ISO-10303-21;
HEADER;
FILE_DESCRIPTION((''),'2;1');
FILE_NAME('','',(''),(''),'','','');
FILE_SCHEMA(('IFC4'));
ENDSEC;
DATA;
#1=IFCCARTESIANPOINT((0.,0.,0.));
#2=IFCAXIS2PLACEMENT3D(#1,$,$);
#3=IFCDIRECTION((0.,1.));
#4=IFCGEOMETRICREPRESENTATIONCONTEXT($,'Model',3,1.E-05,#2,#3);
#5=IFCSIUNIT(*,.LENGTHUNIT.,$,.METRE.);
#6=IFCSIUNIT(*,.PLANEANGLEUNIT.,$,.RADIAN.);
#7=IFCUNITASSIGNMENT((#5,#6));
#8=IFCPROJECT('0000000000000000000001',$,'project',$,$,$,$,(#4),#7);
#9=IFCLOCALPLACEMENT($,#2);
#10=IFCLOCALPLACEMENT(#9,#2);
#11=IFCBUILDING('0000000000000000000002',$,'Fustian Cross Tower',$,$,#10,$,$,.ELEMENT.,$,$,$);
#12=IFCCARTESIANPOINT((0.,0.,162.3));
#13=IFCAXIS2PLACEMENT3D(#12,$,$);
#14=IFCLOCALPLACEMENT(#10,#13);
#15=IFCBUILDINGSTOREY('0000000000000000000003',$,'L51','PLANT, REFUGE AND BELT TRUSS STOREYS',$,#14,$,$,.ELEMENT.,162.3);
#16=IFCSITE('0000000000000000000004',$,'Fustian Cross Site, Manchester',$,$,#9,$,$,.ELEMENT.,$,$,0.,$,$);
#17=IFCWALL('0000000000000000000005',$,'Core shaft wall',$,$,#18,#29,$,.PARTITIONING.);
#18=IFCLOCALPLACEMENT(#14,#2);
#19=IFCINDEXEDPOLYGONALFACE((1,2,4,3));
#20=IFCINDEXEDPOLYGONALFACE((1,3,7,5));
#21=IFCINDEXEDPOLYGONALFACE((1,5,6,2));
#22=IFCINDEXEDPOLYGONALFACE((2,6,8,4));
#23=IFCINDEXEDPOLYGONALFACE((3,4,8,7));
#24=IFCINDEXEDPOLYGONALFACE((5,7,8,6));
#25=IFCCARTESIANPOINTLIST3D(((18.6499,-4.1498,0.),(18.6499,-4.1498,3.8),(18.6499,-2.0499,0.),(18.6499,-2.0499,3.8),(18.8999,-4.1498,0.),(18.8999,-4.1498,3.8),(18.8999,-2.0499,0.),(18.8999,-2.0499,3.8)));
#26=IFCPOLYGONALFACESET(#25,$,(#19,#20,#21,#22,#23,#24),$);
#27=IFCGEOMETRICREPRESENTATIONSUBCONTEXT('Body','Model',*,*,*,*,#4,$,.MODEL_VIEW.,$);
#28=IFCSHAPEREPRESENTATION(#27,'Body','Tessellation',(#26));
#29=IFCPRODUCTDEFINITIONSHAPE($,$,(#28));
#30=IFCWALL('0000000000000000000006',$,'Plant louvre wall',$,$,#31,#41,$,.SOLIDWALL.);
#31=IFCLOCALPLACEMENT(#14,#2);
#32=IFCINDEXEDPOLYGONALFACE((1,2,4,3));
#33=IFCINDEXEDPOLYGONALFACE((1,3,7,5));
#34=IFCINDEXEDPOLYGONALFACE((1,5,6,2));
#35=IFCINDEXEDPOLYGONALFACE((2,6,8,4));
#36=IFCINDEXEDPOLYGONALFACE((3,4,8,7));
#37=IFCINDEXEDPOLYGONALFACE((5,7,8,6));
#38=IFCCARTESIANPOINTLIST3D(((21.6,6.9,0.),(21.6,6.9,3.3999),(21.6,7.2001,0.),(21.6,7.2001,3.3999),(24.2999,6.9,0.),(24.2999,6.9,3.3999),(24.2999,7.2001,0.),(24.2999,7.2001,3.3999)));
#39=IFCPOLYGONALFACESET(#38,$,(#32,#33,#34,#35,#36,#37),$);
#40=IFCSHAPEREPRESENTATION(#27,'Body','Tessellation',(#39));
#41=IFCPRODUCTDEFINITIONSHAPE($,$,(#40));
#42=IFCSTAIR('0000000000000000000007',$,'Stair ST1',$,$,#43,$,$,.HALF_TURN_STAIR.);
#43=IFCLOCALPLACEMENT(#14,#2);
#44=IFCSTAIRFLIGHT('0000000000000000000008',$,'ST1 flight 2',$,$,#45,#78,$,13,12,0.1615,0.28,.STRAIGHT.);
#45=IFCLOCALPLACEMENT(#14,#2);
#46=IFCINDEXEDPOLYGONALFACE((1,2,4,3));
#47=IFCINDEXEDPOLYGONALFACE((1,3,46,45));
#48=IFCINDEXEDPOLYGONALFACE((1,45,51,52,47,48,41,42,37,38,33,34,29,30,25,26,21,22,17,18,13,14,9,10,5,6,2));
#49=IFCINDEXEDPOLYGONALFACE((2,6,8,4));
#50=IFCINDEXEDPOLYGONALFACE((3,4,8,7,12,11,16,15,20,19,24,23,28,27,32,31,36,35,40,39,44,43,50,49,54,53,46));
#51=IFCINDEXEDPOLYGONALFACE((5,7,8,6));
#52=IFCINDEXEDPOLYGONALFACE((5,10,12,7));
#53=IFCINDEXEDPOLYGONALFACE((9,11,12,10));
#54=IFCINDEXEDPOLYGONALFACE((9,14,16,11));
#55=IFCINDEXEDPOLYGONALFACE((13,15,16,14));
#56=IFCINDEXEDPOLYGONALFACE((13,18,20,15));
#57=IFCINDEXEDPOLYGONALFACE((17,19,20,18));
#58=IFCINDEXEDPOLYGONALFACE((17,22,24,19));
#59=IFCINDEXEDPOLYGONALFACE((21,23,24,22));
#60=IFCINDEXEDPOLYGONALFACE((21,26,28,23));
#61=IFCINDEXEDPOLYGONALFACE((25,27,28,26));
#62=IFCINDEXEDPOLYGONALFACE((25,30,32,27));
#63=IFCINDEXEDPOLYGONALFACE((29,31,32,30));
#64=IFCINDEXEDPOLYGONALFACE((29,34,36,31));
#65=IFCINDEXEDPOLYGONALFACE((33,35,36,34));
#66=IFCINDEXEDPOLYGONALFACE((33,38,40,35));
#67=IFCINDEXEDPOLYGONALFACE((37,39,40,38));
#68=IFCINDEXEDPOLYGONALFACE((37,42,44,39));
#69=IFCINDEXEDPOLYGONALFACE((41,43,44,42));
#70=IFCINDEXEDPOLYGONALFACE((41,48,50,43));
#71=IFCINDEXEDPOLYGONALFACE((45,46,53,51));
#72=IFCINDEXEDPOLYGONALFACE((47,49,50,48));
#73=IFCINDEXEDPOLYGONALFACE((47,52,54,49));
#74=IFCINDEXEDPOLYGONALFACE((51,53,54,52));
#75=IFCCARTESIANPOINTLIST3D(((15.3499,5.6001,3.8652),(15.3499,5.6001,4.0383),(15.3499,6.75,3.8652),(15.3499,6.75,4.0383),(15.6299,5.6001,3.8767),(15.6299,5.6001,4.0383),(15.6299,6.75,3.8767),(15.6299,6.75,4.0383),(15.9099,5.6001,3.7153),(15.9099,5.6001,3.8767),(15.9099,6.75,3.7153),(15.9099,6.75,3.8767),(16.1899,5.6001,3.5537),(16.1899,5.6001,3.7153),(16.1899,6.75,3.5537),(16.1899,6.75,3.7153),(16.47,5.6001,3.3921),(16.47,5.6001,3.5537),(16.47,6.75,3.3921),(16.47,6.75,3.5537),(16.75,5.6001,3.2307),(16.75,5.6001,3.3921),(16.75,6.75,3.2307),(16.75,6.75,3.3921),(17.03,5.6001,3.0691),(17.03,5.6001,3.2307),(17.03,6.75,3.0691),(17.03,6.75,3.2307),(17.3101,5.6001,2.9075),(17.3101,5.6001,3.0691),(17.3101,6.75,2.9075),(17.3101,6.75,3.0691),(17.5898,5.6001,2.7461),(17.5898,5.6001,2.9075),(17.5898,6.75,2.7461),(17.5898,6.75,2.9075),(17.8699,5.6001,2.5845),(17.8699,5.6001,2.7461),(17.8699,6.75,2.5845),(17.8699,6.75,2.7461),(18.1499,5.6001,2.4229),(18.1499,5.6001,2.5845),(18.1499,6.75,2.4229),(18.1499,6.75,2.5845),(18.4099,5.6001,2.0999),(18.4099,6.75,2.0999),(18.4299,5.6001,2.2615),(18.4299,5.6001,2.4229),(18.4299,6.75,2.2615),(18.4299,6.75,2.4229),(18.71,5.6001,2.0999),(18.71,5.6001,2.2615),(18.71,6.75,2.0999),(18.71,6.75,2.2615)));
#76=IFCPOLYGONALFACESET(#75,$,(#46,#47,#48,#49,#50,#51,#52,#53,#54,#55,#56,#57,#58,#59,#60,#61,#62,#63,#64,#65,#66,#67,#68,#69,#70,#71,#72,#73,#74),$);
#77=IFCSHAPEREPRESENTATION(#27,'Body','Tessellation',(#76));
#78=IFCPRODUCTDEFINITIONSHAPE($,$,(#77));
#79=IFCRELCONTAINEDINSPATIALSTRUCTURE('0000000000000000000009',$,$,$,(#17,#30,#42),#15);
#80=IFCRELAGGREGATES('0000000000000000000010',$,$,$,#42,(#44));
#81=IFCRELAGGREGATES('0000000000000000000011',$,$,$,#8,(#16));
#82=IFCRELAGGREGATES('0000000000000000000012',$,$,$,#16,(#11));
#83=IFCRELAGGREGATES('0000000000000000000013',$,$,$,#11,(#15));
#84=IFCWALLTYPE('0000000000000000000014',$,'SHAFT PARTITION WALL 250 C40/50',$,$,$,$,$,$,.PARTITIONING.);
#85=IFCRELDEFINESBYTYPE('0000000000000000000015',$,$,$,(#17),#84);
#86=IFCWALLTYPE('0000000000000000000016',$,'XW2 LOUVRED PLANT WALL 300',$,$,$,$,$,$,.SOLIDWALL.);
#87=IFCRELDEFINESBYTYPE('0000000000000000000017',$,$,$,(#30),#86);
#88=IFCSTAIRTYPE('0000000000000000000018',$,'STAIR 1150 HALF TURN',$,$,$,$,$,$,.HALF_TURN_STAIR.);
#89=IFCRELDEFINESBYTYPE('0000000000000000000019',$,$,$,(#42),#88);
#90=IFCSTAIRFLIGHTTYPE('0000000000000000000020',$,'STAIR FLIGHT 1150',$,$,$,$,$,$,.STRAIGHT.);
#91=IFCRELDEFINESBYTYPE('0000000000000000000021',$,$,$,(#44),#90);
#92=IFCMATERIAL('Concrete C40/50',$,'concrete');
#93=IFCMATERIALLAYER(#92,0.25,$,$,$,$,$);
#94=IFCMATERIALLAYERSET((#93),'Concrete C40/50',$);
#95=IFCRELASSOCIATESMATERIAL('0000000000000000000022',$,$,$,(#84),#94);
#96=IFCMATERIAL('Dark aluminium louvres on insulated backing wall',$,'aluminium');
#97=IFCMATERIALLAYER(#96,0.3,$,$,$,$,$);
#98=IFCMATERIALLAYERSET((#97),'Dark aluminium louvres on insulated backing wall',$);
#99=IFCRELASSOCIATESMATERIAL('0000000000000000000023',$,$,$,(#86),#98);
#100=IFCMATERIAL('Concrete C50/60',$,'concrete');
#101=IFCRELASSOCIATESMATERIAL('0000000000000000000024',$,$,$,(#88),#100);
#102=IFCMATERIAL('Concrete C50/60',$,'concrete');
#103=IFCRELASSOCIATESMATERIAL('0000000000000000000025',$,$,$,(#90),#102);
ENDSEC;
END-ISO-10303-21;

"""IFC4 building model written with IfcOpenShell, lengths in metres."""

from ifc_helpers import new_model, si_unit, direction, frame, frame_2d, origin, place, context, subcontext, project, spatial, polyline, rectangle, outline, extrude, material, layer, layer_set, type_object, element, aggregate, save


model = new_model("IFC4")

# Units and contexts
model_context = context("Model", 3, precision=1e-05, world=origin(), true_north=direction((0.0, 1.0)))
body_context = subcontext(model_context, "Body", "Model", "MODEL_VIEW")
ifc_project = project(units=[si_unit("LENGTHUNIT", "METRE"), si_unit("PLANEANGLEUNIT", "RADIAN")], contexts=[model_context])

# Site, building, storey
site_placement = place(None, origin())
site = spatial("IfcSite", under=ifc_project, at=site_placement, Name="Fustian Cross Site, Manchester", CompositionType="ELEMENT", RefElevation=0.0)
building_placement = place(site_placement, origin())
building = spatial("IfcBuilding", under=site, at=building_placement, Name="Fustian Cross Tower", CompositionType="ELEMENT")
storey_placement = place(building_placement, frame((0.0, 0.0, 162.3)))
storey = spatial("IfcBuildingStorey", under=building, at=storey_placement, Name="L51", Description="PLANT, REFUGE AND BELT TRUSS STOREYS", CompositionType="ELEMENT", Elevation=162.3)

# Walls
ifc_material_1 = material(Name="Concrete C40/50", Category="concrete")
ifc_layer_1 = layer(ifc_material_1, 0.25)
ifc_layer_set_1 = layer_set([ifc_layer_1], Name="Concrete C40/50")
wall_type_1 = type_object("IfcWallType", Name="SHAFT PARTITION WALL 250 C40/50", PredefinedType="PARTITIONING", material=ifc_layer_set_1)
for number, where, z_axis, x_axis, name in (
    (1, (18.7749, -2.05, 0.0), (0.0, 0.0, 1.0), (0.0, -1.0, 0.0), "Core shaft wall"),
):
    element("IfcWall", number, at=place(storey_placement, frame(where, z_axis=z_axis, x_axis=x_axis)), inside=storey, type_object=wall_type_1, Name=name, PredefinedType="PARTITIONING", context=body_context, shape_type="SweptSolid", body=[
        extrude(rectangle(XDim=2.0999, YDim=0.25, at=frame_2d((1.0498, 0.0))), origin(), (0.0, 0.0, 1.0), 3.8),
    ])
ifc_material_2 = material(Name="Dark aluminium louvres on insulated backing wall", Category="aluminium")
ifc_layer_2 = layer(ifc_material_2, 0.3)
ifc_layer_set_2 = layer_set([ifc_layer_2], Name="Dark aluminium louvres on insulated backing wall")
wall_type_2 = type_object("IfcWallType", Name="XW2 LOUVRED PLANT WALL 300", PredefinedType="SOLIDWALL", material=ifc_layer_set_2)
wall_1_placement = place(storey_placement, frame((24.3, 7.05, 0.0), z_axis=(0.0, 0.0, 1.0), x_axis=(-1.0, 0.0, 0.0)))
element("IfcWall", 2, at=wall_1_placement, inside=storey, type_object=wall_type_2, Name="Plant louvre wall", PredefinedType="SOLIDWALL", context=body_context, shape_type="SweptSolid", body=[
    extrude(rectangle(XDim=2.7, YDim=0.3, at=frame_2d((1.3501, 0.0))), origin(), (0.0, 0.0, 1.0), 3.3999),
])

# Stair, stair flight
ifc_material_3 = material(Name="Concrete C50/60", Category="concrete")
stair_type = type_object("IfcStairType", Name="STAIR 1150 HALF TURN", PredefinedType="HALF_TURN_STAIR", material=ifc_material_3)
stair_placement = place(storey_placement, origin())
stair = element("IfcStair", 3, at=stair_placement, inside=storey, type_object=stair_type, Name="Stair ST1", PredefinedType="HALF_TURN_STAIR")
ifc_material_4 = material(Name="Concrete C50/60", Category="concrete")
stair_flight_type = type_object("IfcStairFlightType", Name="STAIR FLIGHT 1150", PredefinedType="STRAIGHT", material=ifc_material_4)
stair_flight_placement = place(storey_placement, frame((18.71, 6.175, 2.0999), z_axis=(0.0, 0.0, 1.0), x_axis=(-1.0, 0.0, 0.0)))
stair_flight = element("IfcStairFlight", 4, at=stair_flight_placement, type_object=stair_flight_type, Name="ST1 flight 2", NumberOfRisers=13, NumberOfTreads=12, PredefinedType="STRAIGHT", RiserHeight=0.1615, TreadLength=0.28, context=body_context, shape_type="SweptSolid", body=[
    extrude(outline(polyline([(0.0, 0.0), (0.0, 0.1616), (0.28, 0.1616), (0.28, 0.323), (0.5601, 0.323), (0.5601, 0.4846), (0.8401, 0.4846), (0.8401, 0.6462), (1.1201, 0.6462), (1.1201, 0.8076), (1.3999, 0.8076), (1.3999, 0.9692), (1.6799, 0.9692), (1.6799, 1.1309), (1.96, 1.1309), (1.96, 1.2922), (2.24, 1.2922), (2.24, 1.4539), (2.52, 1.4539), (2.52, 1.6155), (2.8, 1.6155), (2.8, 1.7769), (3.0801, 1.7769), (3.0801, 1.9385), (3.3601, 1.9385), (3.3601, 2.1001), (3.3601, 1.7654), (0.3, 0.0), (0.0, 0.0)])), frame((0.0, 0.575, 0.0), z_axis=(0.0, -1.0, 0.0), x_axis=(1.0, 0.0, 0.0)), (0.0, 0.0, 1.0), 1.1499),
])
aggregate(stair, [stair_flight])

save(model, "model.ifc")
